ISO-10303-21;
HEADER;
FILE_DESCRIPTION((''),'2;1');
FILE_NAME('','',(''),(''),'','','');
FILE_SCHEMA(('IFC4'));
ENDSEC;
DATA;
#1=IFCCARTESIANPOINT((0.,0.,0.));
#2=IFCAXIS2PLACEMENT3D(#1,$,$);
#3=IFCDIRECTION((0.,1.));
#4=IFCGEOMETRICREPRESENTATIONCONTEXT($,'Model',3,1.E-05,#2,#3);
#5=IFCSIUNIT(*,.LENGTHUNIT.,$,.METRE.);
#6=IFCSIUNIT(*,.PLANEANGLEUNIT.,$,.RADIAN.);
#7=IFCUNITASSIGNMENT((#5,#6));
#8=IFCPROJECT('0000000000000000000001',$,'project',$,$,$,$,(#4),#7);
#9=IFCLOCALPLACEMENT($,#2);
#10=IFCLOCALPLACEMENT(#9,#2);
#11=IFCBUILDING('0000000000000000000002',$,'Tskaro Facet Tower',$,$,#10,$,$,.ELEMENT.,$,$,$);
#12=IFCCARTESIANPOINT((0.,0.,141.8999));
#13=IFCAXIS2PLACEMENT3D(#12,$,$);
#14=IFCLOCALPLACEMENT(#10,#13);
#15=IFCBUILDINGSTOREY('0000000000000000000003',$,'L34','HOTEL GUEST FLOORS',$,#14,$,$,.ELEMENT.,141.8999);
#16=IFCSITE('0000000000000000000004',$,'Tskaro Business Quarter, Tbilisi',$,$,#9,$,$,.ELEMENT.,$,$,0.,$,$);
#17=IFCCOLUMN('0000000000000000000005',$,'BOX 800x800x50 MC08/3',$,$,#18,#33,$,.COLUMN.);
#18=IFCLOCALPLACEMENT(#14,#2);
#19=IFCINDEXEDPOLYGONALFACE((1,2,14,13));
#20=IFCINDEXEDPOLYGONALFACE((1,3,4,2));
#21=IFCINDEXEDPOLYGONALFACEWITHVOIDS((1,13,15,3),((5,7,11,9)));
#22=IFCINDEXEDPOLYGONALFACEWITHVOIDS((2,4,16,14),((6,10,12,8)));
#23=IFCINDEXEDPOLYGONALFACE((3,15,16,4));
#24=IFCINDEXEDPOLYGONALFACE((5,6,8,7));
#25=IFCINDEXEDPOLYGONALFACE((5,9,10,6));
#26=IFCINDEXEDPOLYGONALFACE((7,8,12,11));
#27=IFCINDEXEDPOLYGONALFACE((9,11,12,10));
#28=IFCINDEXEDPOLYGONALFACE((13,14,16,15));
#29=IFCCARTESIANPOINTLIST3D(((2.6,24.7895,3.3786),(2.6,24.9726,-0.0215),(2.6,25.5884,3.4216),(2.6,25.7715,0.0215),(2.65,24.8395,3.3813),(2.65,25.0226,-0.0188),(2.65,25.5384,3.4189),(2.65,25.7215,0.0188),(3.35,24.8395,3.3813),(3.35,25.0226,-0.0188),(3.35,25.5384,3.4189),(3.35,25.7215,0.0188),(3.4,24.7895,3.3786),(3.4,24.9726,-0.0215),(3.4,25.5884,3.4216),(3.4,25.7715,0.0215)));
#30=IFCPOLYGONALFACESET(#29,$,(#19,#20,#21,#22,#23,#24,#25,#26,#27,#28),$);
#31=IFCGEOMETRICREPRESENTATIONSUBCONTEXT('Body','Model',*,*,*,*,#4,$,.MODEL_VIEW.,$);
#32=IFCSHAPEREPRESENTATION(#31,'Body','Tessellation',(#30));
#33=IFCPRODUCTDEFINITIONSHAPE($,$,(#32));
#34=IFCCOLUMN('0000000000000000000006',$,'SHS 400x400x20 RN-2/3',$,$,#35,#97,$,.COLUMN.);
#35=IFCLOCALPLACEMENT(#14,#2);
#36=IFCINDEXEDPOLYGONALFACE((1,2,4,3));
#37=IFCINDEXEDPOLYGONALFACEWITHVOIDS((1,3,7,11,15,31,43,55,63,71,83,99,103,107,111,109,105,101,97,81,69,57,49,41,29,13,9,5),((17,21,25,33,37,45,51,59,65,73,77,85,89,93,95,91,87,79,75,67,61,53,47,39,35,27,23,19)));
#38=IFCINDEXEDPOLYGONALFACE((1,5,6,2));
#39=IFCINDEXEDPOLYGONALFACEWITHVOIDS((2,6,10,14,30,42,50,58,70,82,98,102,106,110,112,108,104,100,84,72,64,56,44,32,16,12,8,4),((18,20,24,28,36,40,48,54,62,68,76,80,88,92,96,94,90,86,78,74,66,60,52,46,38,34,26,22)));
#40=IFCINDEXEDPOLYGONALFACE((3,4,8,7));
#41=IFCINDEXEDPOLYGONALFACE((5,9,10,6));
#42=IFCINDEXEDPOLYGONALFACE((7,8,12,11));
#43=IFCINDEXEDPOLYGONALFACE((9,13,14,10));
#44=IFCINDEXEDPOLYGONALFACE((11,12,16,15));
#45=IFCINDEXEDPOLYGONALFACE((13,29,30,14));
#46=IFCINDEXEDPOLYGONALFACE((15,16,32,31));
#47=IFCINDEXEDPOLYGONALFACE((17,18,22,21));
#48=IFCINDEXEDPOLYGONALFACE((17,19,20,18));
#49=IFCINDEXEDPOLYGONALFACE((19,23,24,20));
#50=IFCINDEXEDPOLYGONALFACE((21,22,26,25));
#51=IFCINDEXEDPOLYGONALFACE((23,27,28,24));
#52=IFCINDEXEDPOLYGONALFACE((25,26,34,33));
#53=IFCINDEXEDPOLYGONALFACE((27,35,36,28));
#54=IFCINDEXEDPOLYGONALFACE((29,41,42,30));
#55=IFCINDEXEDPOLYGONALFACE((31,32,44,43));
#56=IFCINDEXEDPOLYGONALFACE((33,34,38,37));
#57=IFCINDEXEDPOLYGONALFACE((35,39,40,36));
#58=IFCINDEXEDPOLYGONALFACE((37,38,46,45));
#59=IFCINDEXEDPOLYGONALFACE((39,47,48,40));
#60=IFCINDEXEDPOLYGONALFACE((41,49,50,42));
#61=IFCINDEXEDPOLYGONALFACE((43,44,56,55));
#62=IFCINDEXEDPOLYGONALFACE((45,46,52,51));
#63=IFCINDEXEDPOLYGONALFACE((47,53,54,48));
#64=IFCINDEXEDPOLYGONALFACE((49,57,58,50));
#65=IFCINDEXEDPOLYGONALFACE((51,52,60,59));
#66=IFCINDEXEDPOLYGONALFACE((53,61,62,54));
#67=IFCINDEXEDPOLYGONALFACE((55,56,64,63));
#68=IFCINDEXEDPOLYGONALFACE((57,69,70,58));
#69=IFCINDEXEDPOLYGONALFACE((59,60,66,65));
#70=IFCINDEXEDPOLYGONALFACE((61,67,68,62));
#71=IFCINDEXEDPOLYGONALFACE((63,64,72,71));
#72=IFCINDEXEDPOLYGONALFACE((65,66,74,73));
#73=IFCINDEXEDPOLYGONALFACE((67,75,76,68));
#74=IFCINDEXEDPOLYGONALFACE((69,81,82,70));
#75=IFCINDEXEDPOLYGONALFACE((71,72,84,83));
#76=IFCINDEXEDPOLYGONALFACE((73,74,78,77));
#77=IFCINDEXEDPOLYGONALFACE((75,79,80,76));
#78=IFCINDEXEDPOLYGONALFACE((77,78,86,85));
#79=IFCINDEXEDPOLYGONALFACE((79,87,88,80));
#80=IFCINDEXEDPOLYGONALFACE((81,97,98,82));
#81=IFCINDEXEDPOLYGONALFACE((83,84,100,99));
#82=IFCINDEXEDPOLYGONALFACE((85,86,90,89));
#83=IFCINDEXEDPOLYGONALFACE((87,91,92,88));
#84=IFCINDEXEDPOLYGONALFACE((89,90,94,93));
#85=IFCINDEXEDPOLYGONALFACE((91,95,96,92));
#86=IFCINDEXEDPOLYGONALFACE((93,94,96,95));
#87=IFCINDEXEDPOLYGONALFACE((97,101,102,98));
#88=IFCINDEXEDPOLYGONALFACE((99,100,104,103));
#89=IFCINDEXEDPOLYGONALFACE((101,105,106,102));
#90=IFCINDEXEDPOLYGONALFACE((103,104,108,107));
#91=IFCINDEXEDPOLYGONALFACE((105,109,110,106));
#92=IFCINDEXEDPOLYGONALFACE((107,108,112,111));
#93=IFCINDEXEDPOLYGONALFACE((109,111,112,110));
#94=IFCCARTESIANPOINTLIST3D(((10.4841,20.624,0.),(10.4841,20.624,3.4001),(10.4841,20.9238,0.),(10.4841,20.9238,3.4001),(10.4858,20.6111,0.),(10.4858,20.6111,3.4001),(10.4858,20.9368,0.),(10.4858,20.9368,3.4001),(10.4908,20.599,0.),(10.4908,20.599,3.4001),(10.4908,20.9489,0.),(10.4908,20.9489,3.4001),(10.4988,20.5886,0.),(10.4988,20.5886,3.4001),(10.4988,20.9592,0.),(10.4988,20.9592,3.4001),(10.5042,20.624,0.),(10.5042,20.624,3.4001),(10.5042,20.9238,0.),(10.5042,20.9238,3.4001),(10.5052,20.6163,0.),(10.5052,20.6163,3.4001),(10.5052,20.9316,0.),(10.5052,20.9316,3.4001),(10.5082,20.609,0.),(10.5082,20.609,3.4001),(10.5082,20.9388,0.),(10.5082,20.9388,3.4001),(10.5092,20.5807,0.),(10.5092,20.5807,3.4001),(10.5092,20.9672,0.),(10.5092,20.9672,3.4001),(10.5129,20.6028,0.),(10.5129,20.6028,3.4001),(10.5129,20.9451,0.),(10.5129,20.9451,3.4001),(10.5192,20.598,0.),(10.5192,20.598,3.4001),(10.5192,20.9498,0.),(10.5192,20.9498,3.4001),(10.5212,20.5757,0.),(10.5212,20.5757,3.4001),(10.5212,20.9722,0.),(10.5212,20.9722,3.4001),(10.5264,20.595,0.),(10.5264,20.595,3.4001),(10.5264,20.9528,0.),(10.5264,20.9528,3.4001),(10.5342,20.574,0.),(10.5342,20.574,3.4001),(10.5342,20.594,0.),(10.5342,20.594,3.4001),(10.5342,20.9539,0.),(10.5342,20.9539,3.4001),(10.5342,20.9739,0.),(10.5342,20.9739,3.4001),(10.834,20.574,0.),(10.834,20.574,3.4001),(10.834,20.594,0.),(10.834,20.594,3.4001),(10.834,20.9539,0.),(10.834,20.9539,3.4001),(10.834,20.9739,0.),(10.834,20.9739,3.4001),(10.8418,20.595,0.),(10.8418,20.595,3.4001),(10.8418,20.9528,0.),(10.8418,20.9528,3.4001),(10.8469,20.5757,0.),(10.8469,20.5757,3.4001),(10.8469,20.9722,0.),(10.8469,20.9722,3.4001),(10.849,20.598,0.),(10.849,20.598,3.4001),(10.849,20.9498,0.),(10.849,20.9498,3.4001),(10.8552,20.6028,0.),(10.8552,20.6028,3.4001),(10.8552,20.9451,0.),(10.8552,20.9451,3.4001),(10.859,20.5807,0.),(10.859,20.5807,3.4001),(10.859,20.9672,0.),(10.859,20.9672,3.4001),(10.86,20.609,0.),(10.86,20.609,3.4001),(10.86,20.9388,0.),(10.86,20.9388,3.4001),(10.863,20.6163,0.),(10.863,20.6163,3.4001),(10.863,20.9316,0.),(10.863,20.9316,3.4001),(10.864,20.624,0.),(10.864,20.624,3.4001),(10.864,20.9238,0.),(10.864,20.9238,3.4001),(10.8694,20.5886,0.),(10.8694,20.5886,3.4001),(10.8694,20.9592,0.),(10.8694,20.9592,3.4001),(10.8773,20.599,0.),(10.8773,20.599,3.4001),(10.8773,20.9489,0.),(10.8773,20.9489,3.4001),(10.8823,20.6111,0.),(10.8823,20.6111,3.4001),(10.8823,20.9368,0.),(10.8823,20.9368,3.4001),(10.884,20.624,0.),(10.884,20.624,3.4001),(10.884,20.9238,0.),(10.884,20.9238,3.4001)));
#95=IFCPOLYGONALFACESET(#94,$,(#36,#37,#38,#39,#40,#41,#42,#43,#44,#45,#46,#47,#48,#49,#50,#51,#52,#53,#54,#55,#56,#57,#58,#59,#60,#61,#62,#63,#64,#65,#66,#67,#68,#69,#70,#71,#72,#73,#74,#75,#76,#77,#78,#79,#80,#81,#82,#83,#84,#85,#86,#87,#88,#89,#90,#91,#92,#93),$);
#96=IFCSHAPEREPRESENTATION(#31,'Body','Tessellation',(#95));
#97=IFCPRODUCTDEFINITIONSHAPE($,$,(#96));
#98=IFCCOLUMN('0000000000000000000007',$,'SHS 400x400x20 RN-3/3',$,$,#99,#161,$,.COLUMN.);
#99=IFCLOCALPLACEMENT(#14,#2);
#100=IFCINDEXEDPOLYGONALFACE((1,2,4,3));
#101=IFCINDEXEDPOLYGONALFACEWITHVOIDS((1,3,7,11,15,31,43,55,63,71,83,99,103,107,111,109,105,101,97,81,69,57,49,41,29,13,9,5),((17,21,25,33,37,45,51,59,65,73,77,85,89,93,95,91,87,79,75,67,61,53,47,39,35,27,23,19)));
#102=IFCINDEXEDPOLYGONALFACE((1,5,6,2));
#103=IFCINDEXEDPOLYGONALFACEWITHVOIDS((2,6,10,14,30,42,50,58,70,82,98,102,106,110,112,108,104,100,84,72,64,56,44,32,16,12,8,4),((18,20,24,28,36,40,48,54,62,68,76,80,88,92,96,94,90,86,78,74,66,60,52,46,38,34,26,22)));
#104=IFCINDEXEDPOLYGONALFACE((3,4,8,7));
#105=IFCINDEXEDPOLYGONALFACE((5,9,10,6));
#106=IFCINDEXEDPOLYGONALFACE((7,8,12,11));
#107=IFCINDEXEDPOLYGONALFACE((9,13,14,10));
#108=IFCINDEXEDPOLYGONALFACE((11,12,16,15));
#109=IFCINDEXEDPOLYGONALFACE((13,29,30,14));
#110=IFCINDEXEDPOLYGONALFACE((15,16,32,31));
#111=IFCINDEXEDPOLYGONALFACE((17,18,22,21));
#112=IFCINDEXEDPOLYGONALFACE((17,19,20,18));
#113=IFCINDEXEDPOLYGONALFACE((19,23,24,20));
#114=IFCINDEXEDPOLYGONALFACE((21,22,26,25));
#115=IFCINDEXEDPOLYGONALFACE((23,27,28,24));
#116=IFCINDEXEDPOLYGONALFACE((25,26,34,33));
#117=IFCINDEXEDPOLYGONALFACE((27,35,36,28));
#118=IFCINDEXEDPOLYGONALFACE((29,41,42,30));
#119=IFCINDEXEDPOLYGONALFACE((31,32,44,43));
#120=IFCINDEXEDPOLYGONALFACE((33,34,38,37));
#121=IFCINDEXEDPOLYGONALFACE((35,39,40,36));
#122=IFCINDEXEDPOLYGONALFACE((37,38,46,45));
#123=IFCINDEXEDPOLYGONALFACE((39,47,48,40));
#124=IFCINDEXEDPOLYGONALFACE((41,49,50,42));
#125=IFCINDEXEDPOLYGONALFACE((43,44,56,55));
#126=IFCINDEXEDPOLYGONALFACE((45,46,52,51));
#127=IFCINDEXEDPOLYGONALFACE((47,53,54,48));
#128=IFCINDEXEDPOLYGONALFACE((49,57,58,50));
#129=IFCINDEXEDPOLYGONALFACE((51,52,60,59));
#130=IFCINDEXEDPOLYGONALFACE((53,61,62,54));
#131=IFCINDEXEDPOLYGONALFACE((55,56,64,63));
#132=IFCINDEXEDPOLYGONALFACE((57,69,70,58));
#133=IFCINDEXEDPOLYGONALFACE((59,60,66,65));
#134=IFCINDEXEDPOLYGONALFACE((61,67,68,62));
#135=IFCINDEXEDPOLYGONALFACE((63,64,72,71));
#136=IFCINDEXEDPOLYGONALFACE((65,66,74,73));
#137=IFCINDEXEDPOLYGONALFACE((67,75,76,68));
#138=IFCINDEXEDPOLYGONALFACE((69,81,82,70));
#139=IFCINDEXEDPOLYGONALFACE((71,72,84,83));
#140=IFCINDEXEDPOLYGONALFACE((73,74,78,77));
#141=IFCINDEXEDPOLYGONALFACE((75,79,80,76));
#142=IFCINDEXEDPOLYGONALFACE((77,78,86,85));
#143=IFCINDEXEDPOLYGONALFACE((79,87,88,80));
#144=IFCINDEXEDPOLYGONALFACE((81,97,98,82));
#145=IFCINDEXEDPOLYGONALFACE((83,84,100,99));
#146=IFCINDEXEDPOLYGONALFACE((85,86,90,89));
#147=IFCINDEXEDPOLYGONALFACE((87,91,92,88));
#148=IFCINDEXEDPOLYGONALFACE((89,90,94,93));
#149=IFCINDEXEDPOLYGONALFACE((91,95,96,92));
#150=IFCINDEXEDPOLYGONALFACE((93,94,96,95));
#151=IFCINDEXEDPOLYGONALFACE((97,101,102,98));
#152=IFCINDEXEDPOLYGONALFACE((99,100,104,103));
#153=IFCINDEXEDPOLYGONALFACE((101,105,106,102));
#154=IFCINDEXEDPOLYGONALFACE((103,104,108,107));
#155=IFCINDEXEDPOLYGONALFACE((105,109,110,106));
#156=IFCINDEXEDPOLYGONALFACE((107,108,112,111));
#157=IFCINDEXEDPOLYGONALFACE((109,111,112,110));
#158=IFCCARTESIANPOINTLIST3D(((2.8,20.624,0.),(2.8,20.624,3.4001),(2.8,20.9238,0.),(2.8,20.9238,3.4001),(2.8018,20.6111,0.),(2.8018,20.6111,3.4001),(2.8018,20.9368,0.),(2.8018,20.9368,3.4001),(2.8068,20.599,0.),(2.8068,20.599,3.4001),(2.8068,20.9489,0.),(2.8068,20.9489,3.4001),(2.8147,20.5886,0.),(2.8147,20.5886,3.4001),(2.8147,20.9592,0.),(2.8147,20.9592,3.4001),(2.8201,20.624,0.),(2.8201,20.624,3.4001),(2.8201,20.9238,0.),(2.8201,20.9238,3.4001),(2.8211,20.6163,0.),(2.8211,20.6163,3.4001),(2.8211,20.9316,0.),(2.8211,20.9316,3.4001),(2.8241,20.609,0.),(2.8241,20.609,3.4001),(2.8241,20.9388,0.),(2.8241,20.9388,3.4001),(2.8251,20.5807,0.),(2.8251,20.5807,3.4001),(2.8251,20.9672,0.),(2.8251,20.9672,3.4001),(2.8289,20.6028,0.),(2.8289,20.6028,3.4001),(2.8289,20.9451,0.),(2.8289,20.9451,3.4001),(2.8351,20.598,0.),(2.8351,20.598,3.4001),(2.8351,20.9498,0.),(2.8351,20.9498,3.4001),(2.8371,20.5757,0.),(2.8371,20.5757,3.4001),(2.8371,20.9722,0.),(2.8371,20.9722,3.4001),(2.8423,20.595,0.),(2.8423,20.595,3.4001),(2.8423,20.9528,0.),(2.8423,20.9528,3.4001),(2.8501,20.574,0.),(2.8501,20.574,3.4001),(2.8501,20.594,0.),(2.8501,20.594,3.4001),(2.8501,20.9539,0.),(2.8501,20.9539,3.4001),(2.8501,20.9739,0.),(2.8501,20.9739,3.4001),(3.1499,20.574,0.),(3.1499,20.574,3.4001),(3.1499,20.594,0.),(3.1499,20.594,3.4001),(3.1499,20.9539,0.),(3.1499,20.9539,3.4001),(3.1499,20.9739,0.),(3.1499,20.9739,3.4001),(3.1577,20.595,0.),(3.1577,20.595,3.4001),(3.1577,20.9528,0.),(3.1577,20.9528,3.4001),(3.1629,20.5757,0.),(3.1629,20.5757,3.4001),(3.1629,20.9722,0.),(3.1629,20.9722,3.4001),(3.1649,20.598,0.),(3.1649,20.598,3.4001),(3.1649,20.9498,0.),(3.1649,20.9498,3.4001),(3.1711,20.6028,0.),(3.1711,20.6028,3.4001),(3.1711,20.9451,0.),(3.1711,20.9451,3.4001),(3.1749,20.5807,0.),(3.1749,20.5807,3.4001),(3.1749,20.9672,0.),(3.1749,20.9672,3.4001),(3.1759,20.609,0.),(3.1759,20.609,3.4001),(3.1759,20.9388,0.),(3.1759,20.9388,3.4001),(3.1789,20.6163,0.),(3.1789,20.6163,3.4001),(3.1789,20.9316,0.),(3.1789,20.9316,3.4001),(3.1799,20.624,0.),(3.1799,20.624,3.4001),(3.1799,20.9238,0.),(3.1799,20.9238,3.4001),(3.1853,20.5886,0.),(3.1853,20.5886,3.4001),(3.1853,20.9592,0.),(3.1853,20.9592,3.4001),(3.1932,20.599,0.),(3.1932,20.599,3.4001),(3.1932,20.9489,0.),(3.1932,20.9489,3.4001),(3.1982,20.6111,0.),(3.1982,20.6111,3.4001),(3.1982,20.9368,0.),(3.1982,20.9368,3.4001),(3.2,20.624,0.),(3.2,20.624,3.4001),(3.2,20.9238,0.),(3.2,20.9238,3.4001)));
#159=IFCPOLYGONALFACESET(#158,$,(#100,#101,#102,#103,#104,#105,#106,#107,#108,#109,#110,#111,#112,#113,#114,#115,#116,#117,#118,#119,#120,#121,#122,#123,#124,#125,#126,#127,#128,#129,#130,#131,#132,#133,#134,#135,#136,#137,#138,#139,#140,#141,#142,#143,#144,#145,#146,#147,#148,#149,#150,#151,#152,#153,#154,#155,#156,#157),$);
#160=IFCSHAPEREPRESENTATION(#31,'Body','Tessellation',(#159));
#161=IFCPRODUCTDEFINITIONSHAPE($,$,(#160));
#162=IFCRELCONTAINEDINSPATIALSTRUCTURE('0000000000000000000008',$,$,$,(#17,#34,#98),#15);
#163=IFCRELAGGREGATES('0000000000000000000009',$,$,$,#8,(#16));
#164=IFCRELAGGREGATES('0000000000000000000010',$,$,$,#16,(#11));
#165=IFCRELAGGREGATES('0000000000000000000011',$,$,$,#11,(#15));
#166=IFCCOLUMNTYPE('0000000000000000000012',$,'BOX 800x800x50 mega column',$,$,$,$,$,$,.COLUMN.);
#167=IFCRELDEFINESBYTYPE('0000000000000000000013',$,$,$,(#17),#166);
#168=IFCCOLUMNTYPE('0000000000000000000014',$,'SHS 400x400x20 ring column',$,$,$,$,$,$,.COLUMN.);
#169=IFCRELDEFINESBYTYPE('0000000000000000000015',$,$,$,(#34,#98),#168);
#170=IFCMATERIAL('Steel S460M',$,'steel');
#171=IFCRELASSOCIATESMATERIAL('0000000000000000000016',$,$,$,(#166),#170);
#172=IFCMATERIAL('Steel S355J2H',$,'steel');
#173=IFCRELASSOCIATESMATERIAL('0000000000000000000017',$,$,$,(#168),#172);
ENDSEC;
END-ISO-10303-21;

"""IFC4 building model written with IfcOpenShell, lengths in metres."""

from ifc_helpers import new_model, si_unit, direction, frame, origin, origin_2d, place, context, subcontext, project, spatial, hollow_rectangle, extrude, material, material_profile, profile_set, type_object, element, save


model = new_model("IFC4")

# Units and contexts
model_context = context("Model", 3, precision=1e-05, world=origin(), true_north=direction((0.0, 1.0)))
body_context = subcontext(model_context, "Body", "Model", "MODEL_VIEW")
ifc_project = project(units=[si_unit("LENGTHUNIT", "METRE"), si_unit("PLANEANGLEUNIT", "RADIAN")], contexts=[model_context])

# Site, building, storey
site_placement = place(None, origin())
site = spatial("IfcSite", under=ifc_project, at=site_placement, Name="Tskaro Business Quarter, Tbilisi", CompositionType="ELEMENT", RefElevation=0.0)
building_placement = place(site_placement, origin())
building = spatial("IfcBuilding", under=site, at=building_placement, Name="Tskaro Facet Tower", CompositionType="ELEMENT")
storey_placement = place(building_placement, frame((0.0, 0.0, 141.8999)))
storey = spatial("IfcBuildingStorey", under=building, at=storey_placement, Name="L34", Description="HOTEL GUEST FLOORS", CompositionType="ELEMENT", Elevation=141.8999)

# Columns
ifc_material_1 = material(Name="Steel S460M", Category="steel")
ifc_material_profile_1 = material_profile(ifc_material_1, hollow_rectangle(XDim=0.8, YDim=0.8, WallThickness=0.05, at=origin_2d()), Name="BOX 800x800x50")
ifc_profile_set_1 = profile_set([ifc_material_profile_1], Name="Steel S460M")
column_type_1 = type_object("IfcColumnType", Name="BOX 800x800x50 mega column", PredefinedType="COLUMN", material=ifc_profile_set_1)
column_placement = place(storey_placement, frame((3.0, 25.3721, 0.0), z_axis=(0.0, -0.053774, 0.998553), x_axis=(1.0, 0.0, 0.0)))
element("IfcColumn", 1, at=column_placement, inside=storey, type_object=column_type_1, Name="BOX 800x800x50 MC08/3", PredefinedType="COLUMN", context=body_context, shape_type="SweptSolid", body=[
    extrude(hollow_rectangle(XDim=0.8, YDim=0.8, WallThickness=0.05, at=origin_2d()), origin(), (0.0, 0.0, 1.0), 3.405),
])
ifc_material_2 = material(Name="Steel S355J2H", Category="steel")
ifc_material_profile_2 = material_profile(ifc_material_2, hollow_rectangle(XDim=0.3999, YDim=0.3999, WallThickness=0.02, InnerFilletRadius=0.03, OuterFilletRadius=0.05, at=origin_2d()), Name="SHS 400x400x20")
ifc_profile_set_2 = profile_set([ifc_material_profile_2], Name="Steel S355J2H")
column_type_2 = type_object("IfcColumnType", Name="SHS 400x400x20 ring column", PredefinedType="COLUMN", material=ifc_profile_set_2)
for number, where, z_axis, x_axis, name in (
    (2, (10.6841, 20.7739, 0.0), (0.0, 0.0, 1.0), (1.0, 0.0, 0.0), "SHS 400x400x20 RN-2/3"),
    (3, (3.0, 20.7739, 0.0), (0.0, 0.0, 1.0), (1.0, 0.0, 0.0), "SHS 400x400x20 RN-3/3"),
):
    element("IfcColumn", number, at=place(storey_placement, frame(where, z_axis=z_axis, x_axis=x_axis)), inside=storey, type_object=column_type_2, Name=name, PredefinedType="COLUMN", context=body_context, shape_type="SweptSolid", body=[
        extrude(hollow_rectangle(XDim=0.3999, YDim=0.3999, WallThickness=0.02, InnerFilletRadius=0.03, OuterFilletRadius=0.05, at=origin_2d()), origin(), (0.0, 0.0, 1.0), 3.4001),
    ])

save(model, "model.ifc")
